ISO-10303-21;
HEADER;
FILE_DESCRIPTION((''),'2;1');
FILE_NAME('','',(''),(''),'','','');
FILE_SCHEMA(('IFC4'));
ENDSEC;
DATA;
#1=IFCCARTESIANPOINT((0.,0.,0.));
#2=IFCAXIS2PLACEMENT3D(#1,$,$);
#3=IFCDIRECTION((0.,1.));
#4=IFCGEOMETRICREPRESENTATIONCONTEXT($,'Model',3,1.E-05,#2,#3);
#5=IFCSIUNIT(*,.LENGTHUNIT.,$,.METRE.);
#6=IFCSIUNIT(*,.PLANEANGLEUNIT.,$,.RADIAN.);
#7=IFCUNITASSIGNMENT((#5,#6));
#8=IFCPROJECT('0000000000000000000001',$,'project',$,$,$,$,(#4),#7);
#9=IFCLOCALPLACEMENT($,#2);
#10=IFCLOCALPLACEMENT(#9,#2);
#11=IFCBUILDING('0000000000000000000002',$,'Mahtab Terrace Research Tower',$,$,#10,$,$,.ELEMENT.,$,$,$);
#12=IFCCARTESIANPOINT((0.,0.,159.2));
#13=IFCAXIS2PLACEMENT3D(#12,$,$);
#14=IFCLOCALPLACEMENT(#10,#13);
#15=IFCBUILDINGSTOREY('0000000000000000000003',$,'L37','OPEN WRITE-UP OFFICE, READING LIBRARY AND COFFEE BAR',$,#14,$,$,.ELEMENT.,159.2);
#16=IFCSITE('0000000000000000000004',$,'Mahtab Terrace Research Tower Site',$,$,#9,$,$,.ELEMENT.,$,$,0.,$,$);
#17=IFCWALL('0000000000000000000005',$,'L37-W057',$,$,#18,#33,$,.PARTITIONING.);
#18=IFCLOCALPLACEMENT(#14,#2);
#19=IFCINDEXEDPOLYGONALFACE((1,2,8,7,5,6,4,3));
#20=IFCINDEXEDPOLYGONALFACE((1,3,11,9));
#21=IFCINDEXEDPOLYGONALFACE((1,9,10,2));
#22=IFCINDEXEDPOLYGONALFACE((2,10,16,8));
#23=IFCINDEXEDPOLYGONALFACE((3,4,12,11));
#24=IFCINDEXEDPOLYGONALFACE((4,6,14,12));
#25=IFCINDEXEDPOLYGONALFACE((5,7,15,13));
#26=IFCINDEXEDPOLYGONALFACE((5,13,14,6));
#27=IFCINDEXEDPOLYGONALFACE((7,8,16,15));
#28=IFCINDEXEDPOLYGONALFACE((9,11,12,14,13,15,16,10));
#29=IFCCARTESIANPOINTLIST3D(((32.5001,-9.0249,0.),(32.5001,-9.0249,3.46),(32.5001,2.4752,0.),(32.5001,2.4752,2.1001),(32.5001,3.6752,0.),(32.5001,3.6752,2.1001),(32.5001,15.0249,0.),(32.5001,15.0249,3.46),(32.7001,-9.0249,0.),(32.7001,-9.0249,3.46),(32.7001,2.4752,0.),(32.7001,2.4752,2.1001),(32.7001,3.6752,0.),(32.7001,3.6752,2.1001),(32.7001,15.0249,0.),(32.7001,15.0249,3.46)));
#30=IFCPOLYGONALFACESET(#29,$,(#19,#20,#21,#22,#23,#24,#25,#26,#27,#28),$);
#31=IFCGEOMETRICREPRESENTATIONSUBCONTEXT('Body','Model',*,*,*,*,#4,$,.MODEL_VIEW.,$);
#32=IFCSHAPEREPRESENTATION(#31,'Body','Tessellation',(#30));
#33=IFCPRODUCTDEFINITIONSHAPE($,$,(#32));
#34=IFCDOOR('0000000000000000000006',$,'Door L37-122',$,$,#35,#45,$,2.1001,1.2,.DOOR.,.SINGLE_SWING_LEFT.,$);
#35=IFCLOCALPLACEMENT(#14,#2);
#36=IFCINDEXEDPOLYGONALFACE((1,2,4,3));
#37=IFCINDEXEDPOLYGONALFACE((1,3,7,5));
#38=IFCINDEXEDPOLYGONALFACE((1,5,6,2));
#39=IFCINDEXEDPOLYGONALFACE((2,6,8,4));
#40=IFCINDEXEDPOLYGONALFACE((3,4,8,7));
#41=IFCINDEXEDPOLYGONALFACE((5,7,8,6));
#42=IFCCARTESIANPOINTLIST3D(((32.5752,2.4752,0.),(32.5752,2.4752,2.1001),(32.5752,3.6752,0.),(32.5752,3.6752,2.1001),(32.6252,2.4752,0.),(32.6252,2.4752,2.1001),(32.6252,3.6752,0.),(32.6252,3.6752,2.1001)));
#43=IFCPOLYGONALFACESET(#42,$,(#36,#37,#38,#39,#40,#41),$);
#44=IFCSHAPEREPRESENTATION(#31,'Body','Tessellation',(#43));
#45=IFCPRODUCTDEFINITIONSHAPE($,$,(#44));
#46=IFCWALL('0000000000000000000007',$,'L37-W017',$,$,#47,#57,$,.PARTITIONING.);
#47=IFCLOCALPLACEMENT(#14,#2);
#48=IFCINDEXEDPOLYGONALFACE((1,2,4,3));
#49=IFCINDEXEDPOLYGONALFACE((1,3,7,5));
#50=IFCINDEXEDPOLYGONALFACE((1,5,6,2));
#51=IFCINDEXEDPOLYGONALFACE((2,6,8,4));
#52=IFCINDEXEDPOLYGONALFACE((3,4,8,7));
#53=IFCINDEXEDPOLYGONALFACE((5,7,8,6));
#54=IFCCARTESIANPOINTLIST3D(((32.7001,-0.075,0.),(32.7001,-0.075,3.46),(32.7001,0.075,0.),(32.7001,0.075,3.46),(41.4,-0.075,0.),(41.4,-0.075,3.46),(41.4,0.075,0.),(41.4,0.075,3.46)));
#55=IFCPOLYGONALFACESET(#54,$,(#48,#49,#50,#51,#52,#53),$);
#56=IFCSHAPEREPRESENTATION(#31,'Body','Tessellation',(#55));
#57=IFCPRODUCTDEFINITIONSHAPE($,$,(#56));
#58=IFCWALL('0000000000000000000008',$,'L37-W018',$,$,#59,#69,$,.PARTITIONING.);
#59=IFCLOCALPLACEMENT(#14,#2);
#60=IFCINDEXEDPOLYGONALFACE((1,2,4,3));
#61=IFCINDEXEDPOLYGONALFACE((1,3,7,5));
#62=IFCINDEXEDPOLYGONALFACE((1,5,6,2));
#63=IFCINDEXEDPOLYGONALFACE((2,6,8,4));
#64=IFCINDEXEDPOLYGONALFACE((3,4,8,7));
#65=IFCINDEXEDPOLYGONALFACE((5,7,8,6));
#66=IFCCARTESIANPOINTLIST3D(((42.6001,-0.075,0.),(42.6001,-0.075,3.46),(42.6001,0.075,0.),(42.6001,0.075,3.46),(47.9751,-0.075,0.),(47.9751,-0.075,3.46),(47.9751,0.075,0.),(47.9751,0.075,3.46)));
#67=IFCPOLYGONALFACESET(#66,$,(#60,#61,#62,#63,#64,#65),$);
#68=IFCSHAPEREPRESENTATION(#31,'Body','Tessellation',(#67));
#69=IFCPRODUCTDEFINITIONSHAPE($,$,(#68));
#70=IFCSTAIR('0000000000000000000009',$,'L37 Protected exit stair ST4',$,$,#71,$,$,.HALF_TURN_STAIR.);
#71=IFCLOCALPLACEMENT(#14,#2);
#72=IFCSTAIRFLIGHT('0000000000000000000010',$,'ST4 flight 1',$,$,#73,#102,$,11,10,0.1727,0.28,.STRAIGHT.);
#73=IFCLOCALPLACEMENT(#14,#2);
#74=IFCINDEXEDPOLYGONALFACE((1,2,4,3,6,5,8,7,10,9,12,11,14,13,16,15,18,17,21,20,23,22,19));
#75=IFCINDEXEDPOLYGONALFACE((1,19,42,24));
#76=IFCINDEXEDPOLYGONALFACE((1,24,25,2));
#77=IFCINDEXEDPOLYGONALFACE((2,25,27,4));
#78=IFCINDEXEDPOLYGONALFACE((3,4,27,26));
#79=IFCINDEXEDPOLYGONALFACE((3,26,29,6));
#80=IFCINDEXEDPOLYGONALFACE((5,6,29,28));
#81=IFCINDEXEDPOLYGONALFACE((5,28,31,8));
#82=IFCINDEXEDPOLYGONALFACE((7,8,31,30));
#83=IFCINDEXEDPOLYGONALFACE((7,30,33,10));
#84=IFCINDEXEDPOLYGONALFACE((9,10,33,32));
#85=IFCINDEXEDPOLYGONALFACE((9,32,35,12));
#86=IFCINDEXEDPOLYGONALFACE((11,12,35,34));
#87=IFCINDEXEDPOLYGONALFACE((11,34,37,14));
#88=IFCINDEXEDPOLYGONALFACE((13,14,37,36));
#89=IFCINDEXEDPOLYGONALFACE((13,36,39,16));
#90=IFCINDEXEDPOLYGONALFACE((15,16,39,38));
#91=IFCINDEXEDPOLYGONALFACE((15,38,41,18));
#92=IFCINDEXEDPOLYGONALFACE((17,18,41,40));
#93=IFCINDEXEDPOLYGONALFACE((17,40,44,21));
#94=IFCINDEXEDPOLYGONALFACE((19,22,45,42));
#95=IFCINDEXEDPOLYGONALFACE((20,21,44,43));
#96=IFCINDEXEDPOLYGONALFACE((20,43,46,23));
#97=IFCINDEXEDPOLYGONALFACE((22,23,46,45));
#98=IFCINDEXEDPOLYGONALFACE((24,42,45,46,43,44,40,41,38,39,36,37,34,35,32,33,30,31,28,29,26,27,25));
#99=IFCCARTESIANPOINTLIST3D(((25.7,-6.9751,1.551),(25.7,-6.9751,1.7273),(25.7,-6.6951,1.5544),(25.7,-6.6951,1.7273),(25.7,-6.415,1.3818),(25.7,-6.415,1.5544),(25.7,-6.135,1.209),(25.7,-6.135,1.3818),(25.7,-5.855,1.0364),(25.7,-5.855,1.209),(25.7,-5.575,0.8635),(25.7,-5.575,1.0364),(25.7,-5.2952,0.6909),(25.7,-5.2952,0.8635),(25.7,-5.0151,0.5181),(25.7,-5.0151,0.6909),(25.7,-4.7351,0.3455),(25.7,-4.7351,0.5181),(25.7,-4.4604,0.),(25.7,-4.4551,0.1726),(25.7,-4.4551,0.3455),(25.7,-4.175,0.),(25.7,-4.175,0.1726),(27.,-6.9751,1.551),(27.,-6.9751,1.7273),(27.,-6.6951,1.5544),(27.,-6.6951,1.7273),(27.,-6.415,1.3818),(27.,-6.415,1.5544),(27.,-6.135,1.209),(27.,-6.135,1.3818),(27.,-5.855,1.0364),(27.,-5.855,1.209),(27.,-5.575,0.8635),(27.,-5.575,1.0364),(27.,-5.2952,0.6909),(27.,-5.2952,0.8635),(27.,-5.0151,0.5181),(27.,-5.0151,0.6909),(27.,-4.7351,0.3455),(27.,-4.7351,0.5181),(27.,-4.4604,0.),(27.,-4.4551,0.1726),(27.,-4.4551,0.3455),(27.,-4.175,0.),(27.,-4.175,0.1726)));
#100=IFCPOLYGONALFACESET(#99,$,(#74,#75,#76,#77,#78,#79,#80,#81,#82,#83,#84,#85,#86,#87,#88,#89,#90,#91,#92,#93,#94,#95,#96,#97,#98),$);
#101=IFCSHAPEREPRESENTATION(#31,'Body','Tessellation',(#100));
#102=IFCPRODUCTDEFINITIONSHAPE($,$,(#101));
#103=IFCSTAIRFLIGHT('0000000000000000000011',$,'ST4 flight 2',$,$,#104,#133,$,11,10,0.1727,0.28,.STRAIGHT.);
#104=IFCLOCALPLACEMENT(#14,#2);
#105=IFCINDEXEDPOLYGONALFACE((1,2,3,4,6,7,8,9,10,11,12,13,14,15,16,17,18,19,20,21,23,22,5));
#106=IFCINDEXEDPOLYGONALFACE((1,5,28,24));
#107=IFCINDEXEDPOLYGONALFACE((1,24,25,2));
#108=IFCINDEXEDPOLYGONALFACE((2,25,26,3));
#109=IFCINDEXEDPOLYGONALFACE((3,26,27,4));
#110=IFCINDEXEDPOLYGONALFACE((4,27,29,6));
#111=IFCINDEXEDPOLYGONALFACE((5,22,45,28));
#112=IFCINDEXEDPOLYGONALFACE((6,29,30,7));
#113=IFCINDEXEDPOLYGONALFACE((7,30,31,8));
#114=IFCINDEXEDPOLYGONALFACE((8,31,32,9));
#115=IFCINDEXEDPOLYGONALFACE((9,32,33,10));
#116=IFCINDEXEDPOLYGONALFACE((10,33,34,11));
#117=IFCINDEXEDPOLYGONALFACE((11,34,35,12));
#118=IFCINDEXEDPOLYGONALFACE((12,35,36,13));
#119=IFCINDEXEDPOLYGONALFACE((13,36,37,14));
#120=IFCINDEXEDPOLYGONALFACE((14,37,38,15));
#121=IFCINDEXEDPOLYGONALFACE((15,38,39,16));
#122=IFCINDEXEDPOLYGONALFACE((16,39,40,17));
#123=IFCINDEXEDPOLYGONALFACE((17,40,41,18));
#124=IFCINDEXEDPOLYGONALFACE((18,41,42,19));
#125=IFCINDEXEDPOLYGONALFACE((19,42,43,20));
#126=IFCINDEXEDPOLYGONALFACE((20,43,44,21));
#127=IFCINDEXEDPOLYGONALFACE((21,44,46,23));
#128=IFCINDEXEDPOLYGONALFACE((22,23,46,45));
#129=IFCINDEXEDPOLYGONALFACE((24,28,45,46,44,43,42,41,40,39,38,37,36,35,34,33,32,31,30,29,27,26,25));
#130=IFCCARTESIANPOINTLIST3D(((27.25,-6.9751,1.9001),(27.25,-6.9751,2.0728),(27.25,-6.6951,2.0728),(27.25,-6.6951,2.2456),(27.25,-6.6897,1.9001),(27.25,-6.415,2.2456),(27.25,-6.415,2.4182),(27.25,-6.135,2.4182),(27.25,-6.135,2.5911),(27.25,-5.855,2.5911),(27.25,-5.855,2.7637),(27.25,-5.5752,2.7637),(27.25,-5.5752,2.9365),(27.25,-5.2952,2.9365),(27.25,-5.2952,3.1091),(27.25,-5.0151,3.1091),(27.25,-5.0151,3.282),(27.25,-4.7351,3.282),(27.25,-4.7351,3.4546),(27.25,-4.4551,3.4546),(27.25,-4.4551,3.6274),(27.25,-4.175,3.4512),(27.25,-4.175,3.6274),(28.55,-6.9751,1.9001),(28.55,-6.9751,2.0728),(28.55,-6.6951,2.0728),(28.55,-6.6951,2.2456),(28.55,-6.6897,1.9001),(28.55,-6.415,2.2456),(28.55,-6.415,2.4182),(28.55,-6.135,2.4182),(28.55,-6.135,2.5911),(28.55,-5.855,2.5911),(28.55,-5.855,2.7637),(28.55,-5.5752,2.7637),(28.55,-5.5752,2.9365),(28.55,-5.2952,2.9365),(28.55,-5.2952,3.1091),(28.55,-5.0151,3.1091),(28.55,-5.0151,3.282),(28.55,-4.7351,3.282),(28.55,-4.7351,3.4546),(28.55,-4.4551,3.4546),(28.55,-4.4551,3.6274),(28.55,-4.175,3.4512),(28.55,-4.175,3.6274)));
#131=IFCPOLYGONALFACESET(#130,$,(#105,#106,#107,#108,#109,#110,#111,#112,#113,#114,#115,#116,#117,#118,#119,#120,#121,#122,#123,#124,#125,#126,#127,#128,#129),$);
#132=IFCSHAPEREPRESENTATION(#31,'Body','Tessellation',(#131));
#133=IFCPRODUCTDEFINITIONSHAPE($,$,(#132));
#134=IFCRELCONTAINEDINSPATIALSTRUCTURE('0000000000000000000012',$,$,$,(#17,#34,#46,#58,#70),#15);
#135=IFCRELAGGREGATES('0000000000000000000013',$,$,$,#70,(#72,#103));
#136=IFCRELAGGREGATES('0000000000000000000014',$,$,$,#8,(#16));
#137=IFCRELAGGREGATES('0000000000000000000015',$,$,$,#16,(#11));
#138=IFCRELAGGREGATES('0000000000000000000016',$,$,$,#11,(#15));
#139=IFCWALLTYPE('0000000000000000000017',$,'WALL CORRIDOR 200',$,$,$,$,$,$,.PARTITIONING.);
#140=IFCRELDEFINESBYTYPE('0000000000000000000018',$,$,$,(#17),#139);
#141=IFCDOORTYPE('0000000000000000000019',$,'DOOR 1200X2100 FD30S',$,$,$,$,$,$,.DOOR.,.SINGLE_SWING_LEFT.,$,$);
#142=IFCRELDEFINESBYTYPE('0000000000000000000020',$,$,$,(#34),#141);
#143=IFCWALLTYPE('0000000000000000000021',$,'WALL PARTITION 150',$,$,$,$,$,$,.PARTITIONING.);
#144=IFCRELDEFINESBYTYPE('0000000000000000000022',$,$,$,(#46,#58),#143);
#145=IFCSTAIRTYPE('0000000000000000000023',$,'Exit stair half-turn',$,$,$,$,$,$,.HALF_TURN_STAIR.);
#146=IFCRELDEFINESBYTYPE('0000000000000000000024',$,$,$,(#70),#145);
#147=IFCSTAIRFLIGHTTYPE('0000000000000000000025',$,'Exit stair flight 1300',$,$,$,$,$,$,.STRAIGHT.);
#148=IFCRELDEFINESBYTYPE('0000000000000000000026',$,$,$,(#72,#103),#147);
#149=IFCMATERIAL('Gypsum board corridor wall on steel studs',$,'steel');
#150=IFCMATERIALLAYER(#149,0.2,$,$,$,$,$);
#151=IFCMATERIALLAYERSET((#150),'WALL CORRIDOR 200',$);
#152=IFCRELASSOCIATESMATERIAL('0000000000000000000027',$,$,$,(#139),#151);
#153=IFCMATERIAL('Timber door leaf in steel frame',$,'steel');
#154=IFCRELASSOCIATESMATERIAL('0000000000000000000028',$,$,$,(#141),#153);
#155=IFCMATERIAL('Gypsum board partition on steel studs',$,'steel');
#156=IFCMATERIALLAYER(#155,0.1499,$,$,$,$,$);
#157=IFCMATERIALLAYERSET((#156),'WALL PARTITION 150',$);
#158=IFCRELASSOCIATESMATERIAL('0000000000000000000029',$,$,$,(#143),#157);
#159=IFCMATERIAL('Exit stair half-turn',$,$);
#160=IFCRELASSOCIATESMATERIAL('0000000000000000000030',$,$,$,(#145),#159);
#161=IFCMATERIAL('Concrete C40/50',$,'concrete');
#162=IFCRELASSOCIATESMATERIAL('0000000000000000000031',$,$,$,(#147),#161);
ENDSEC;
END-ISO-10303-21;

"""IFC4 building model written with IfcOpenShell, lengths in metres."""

from ifc_helpers import new_model, si_unit, direction, frame, frame_2d, origin, place, context, subcontext, project, spatial, polyline, rectangle, outline, extrude, material, layer, layer_set, type_object, element, fill, aggregate, save


model = new_model("IFC4")

# Units and contexts
model_context = context("Model", 3, precision=1e-05, world=origin(), true_north=direction((0.0, 1.0)))
body_context = subcontext(model_context, "Body", "Model", "MODEL_VIEW")
ifc_project = project(units=[si_unit("LENGTHUNIT", "METRE"), si_unit("PLANEANGLEUNIT", "RADIAN")], contexts=[model_context])

# Site, building, storey
site_placement = place(None, origin())
site = spatial("IfcSite", under=ifc_project, at=site_placement, Name="Mahtab Terrace Research Tower Site", CompositionType="ELEMENT", RefElevation=0.0)
building_placement = place(site_placement, origin())
building = spatial("IfcBuilding", under=site, at=building_placement, Name="Mahtab Terrace Research Tower", CompositionType="ELEMENT")
storey_placement = place(building_placement, frame((0.0, 0.0, 159.2)))
storey = spatial("IfcBuildingStorey", under=building, at=storey_placement, Name="L37", Description="OPEN WRITE-UP OFFICE, READING LIBRARY AND COFFEE BAR", CompositionType="ELEMENT", Elevation=159.2)

# Wall, opening, door
ifc_material_1 = material(Name="Gypsum board corridor wall on steel studs", Category="steel")
ifc_layer_1 = layer(ifc_material_1, 0.2)
ifc_layer_set_1 = layer_set([ifc_layer_1], Name="WALL CORRIDOR 200")
wall_type_1 = type_object("IfcWallType", Name="WALL CORRIDOR 200", PredefinedType="PARTITIONING", material=ifc_layer_set_1)
ifc_material_2 = material(Name="Timber door leaf in steel frame", Category="steel")
door_type_1 = type_object("IfcDoorType", Name="DOOR 1200X2100 FD30S", OperationType="SINGLE_SWING_LEFT", PredefinedType="DOOR", material=ifc_material_2)
wall_1_placement = place(storey_placement, frame((32.6001, -9.0249, 0.0), z_axis=(0.0, 0.0, 1.0), x_axis=(0.0, 1.0, 0.0)))
wall_1 = element("IfcWall", 1, at=wall_1_placement, inside=storey, type_object=wall_type_1, Name="L37-W057", PredefinedType="PARTITIONING", context=body_context, shape_type="SweptSolid", body=[
    extrude(rectangle(XDim=24.0498, YDim=0.2, at=frame_2d((12.0249, 0.0))), origin(), (0.0, 0.0, 1.0), 3.46),
])
opening_1_placement = place(wall_1_placement, frame((11.5, 0.0, 0.0)))
opening_1 = element("IfcOpeningElement", 2, at=opening_1_placement, cuts=wall_1, PredefinedType="OPENING", context=body_context, shape_type="SweptSolid", body=[
    extrude(rectangle(XDim=1.2, YDim=2.1001, at=frame_2d((0.6001, 1.05))), frame((0.0, 0.1099, 0.0), z_axis=(0.0, -1.0, 0.0), x_axis=(1.0, 0.0, 0.0)), (0.0, 0.0, 1.0), 0.22),
])
door_1_placement = place(opening_1_placement, origin())
door_1 = element("IfcDoor", 3, at=door_1_placement, inside=storey, type_object=door_type_1, Name="Door L37-122", OperationType="SINGLE_SWING_LEFT", OverallHeight=2.1001, OverallWidth=1.2, PredefinedType="DOOR", context=body_context, shape_type="SweptSolid", body=[
    extrude(rectangle(XDim=1.2, YDim=2.1001, at=frame_2d((0.6001, 1.05))), frame((0.0, 0.0249, 0.0), z_axis=(0.0, -1.0, 0.0), x_axis=(1.0, 0.0, 0.0)), (0.0, 0.0, 1.0), 0.05),
])
fill(opening_1, door_1)

# Walls
ifc_material_3 = material(Name="Gypsum board partition on steel studs", Category="steel")
ifc_layer_2 = layer(ifc_material_3, 0.1499)
ifc_layer_set_2 = layer_set([ifc_layer_2], Name="WALL PARTITION 150")
wall_type_2 = type_object("IfcWallType", Name="WALL PARTITION 150", PredefinedType="PARTITIONING", material=ifc_layer_set_2)
wall_2_placement = place(storey_placement, frame((32.7, 0.0, 0.0), z_axis=(0.0, 0.0, 1.0), x_axis=(1.0, 0.0, 0.0)))
element("IfcWall", 4, at=wall_2_placement, inside=storey, type_object=wall_type_2, Name="L37-W017", PredefinedType="PARTITIONING", context=body_context, shape_type="SweptSolid", body=[
    extrude(rectangle(XDim=8.7, YDim=0.1499, at=frame_2d((4.3501, 0.0))), origin(), (0.0, 0.0, 1.0), 3.46),
])
wall_3_placement = place(storey_placement, frame((42.6001, 0.0, 0.0), z_axis=(0.0, 0.0, 1.0), x_axis=(1.0, 0.0, 0.0)))
element("IfcWall", 5, at=wall_3_placement, inside=storey, type_object=wall_type_2, Name="L37-W018", PredefinedType="PARTITIONING", context=body_context, shape_type="SweptSolid", body=[
    extrude(rectangle(XDim=5.375, YDim=0.1499, at=frame_2d((2.6875, 0.0))), origin(), (0.0, 0.0, 1.0), 3.46),
])

# Stair, stair flights
ifc_material_4 = material(Name="Exit stair half-turn")
stair_type = type_object("IfcStairType", Name="Exit stair half-turn", PredefinedType="HALF_TURN_STAIR", material=ifc_material_4)
stair_placement = place(storey_placement, origin())
stair = element("IfcStair", 6, at=stair_placement, inside=storey, type_object=stair_type, Name="L37 Protected exit stair ST4", PredefinedType="HALF_TURN_STAIR")
ifc_material_5 = material(Name="Concrete C40/50", Category="concrete")
stair_flight_type = type_object("IfcStairFlightType", Name="Exit stair flight 1300", PredefinedType="STRAIGHT", material=ifc_material_5)
stair_flight_1_placement = place(storey_placement, frame((26.3501, -4.175, 0.0), z_axis=(0.0, 0.0, 1.0), x_axis=(0.0, -1.0, 0.0)))
stair_flight_1 = element("IfcStairFlight", 7, at=stair_flight_1_placement, type_object=stair_flight_type, Name="ST4 flight 1", NumberOfRisers=11, NumberOfTreads=10, PredefinedType="STRAIGHT", RiserHeight=0.1727, TreadLength=0.28, context=body_context, shape_type="SweptSolid", body=[
    extrude(outline(polyline([(0.0, 0.0), (0.0, 0.1726), (0.28, 0.1726), (0.28, 0.3455), (0.5601, 0.3455), (0.5601, 0.5181), (0.8401, 0.5181), (0.8401, 0.6909), (1.1201, 0.6909), (1.1201, 0.8635), (1.3999, 0.8635), (1.3999, 1.0364), (1.6799, 1.0364), (1.6799, 1.209), (1.96, 1.209), (1.96, 1.3818), (2.24, 1.3818), (2.24, 1.5544), (2.52, 1.5544), (2.52, 1.7273), (2.8, 1.7273), (2.8, 1.8999), (2.8, 1.551), (0.2854, 0.0), (0.0, 0.0)])), frame((0.0, 0.6499, 0.0), z_axis=(0.0, -1.0, 0.0), x_axis=(1.0, 0.0, 0.0)), (0.0, 0.0, 1.0), 1.3),
])
stair_flight_2_placement = place(storey_placement, frame((27.8999, -6.9751, 1.9001), z_axis=(0.0, 0.0, 1.0), x_axis=(0.0, 1.0, 0.0)))
stair_flight_2 = element("IfcStairFlight", 8, at=stair_flight_2_placement, type_object=stair_flight_type, Name="ST4 flight 2", NumberOfRisers=11, NumberOfTreads=10, PredefinedType="STRAIGHT", RiserHeight=0.1727, TreadLength=0.28, context=body_context, shape_type="SweptSolid", body=[
    extrude(outline(polyline([(0.0, 0.0), (0.0, 0.1726), (0.28, 0.1726), (0.28, 0.3455), (0.5601, 0.3455), (0.5601, 0.5181), (0.8401, 0.5181), (0.8401, 0.6909), (1.1201, 0.6909), (1.1201, 0.8635), (1.3999, 0.8635), (1.3999, 1.0364), (1.6799, 1.0364), (1.6799, 1.209), (1.96, 1.209), (1.96, 1.3818), (2.24, 1.3818), (2.24, 1.5544), (2.52, 1.5544), (2.52, 1.7273), (2.8, 1.7273), (2.8, 1.8999), (2.8, 1.551), (0.2854, 0.0), (0.0, 0.0)])), frame((0.0, 0.6499, 0.0), z_axis=(0.0, -1.0, 0.0), x_axis=(1.0, 0.0, 0.0)), (0.0, 0.0, 1.0), 1.3),
])
aggregate(stair, [stair_flight_1, stair_flight_2])

save(model, "model.ifc")
